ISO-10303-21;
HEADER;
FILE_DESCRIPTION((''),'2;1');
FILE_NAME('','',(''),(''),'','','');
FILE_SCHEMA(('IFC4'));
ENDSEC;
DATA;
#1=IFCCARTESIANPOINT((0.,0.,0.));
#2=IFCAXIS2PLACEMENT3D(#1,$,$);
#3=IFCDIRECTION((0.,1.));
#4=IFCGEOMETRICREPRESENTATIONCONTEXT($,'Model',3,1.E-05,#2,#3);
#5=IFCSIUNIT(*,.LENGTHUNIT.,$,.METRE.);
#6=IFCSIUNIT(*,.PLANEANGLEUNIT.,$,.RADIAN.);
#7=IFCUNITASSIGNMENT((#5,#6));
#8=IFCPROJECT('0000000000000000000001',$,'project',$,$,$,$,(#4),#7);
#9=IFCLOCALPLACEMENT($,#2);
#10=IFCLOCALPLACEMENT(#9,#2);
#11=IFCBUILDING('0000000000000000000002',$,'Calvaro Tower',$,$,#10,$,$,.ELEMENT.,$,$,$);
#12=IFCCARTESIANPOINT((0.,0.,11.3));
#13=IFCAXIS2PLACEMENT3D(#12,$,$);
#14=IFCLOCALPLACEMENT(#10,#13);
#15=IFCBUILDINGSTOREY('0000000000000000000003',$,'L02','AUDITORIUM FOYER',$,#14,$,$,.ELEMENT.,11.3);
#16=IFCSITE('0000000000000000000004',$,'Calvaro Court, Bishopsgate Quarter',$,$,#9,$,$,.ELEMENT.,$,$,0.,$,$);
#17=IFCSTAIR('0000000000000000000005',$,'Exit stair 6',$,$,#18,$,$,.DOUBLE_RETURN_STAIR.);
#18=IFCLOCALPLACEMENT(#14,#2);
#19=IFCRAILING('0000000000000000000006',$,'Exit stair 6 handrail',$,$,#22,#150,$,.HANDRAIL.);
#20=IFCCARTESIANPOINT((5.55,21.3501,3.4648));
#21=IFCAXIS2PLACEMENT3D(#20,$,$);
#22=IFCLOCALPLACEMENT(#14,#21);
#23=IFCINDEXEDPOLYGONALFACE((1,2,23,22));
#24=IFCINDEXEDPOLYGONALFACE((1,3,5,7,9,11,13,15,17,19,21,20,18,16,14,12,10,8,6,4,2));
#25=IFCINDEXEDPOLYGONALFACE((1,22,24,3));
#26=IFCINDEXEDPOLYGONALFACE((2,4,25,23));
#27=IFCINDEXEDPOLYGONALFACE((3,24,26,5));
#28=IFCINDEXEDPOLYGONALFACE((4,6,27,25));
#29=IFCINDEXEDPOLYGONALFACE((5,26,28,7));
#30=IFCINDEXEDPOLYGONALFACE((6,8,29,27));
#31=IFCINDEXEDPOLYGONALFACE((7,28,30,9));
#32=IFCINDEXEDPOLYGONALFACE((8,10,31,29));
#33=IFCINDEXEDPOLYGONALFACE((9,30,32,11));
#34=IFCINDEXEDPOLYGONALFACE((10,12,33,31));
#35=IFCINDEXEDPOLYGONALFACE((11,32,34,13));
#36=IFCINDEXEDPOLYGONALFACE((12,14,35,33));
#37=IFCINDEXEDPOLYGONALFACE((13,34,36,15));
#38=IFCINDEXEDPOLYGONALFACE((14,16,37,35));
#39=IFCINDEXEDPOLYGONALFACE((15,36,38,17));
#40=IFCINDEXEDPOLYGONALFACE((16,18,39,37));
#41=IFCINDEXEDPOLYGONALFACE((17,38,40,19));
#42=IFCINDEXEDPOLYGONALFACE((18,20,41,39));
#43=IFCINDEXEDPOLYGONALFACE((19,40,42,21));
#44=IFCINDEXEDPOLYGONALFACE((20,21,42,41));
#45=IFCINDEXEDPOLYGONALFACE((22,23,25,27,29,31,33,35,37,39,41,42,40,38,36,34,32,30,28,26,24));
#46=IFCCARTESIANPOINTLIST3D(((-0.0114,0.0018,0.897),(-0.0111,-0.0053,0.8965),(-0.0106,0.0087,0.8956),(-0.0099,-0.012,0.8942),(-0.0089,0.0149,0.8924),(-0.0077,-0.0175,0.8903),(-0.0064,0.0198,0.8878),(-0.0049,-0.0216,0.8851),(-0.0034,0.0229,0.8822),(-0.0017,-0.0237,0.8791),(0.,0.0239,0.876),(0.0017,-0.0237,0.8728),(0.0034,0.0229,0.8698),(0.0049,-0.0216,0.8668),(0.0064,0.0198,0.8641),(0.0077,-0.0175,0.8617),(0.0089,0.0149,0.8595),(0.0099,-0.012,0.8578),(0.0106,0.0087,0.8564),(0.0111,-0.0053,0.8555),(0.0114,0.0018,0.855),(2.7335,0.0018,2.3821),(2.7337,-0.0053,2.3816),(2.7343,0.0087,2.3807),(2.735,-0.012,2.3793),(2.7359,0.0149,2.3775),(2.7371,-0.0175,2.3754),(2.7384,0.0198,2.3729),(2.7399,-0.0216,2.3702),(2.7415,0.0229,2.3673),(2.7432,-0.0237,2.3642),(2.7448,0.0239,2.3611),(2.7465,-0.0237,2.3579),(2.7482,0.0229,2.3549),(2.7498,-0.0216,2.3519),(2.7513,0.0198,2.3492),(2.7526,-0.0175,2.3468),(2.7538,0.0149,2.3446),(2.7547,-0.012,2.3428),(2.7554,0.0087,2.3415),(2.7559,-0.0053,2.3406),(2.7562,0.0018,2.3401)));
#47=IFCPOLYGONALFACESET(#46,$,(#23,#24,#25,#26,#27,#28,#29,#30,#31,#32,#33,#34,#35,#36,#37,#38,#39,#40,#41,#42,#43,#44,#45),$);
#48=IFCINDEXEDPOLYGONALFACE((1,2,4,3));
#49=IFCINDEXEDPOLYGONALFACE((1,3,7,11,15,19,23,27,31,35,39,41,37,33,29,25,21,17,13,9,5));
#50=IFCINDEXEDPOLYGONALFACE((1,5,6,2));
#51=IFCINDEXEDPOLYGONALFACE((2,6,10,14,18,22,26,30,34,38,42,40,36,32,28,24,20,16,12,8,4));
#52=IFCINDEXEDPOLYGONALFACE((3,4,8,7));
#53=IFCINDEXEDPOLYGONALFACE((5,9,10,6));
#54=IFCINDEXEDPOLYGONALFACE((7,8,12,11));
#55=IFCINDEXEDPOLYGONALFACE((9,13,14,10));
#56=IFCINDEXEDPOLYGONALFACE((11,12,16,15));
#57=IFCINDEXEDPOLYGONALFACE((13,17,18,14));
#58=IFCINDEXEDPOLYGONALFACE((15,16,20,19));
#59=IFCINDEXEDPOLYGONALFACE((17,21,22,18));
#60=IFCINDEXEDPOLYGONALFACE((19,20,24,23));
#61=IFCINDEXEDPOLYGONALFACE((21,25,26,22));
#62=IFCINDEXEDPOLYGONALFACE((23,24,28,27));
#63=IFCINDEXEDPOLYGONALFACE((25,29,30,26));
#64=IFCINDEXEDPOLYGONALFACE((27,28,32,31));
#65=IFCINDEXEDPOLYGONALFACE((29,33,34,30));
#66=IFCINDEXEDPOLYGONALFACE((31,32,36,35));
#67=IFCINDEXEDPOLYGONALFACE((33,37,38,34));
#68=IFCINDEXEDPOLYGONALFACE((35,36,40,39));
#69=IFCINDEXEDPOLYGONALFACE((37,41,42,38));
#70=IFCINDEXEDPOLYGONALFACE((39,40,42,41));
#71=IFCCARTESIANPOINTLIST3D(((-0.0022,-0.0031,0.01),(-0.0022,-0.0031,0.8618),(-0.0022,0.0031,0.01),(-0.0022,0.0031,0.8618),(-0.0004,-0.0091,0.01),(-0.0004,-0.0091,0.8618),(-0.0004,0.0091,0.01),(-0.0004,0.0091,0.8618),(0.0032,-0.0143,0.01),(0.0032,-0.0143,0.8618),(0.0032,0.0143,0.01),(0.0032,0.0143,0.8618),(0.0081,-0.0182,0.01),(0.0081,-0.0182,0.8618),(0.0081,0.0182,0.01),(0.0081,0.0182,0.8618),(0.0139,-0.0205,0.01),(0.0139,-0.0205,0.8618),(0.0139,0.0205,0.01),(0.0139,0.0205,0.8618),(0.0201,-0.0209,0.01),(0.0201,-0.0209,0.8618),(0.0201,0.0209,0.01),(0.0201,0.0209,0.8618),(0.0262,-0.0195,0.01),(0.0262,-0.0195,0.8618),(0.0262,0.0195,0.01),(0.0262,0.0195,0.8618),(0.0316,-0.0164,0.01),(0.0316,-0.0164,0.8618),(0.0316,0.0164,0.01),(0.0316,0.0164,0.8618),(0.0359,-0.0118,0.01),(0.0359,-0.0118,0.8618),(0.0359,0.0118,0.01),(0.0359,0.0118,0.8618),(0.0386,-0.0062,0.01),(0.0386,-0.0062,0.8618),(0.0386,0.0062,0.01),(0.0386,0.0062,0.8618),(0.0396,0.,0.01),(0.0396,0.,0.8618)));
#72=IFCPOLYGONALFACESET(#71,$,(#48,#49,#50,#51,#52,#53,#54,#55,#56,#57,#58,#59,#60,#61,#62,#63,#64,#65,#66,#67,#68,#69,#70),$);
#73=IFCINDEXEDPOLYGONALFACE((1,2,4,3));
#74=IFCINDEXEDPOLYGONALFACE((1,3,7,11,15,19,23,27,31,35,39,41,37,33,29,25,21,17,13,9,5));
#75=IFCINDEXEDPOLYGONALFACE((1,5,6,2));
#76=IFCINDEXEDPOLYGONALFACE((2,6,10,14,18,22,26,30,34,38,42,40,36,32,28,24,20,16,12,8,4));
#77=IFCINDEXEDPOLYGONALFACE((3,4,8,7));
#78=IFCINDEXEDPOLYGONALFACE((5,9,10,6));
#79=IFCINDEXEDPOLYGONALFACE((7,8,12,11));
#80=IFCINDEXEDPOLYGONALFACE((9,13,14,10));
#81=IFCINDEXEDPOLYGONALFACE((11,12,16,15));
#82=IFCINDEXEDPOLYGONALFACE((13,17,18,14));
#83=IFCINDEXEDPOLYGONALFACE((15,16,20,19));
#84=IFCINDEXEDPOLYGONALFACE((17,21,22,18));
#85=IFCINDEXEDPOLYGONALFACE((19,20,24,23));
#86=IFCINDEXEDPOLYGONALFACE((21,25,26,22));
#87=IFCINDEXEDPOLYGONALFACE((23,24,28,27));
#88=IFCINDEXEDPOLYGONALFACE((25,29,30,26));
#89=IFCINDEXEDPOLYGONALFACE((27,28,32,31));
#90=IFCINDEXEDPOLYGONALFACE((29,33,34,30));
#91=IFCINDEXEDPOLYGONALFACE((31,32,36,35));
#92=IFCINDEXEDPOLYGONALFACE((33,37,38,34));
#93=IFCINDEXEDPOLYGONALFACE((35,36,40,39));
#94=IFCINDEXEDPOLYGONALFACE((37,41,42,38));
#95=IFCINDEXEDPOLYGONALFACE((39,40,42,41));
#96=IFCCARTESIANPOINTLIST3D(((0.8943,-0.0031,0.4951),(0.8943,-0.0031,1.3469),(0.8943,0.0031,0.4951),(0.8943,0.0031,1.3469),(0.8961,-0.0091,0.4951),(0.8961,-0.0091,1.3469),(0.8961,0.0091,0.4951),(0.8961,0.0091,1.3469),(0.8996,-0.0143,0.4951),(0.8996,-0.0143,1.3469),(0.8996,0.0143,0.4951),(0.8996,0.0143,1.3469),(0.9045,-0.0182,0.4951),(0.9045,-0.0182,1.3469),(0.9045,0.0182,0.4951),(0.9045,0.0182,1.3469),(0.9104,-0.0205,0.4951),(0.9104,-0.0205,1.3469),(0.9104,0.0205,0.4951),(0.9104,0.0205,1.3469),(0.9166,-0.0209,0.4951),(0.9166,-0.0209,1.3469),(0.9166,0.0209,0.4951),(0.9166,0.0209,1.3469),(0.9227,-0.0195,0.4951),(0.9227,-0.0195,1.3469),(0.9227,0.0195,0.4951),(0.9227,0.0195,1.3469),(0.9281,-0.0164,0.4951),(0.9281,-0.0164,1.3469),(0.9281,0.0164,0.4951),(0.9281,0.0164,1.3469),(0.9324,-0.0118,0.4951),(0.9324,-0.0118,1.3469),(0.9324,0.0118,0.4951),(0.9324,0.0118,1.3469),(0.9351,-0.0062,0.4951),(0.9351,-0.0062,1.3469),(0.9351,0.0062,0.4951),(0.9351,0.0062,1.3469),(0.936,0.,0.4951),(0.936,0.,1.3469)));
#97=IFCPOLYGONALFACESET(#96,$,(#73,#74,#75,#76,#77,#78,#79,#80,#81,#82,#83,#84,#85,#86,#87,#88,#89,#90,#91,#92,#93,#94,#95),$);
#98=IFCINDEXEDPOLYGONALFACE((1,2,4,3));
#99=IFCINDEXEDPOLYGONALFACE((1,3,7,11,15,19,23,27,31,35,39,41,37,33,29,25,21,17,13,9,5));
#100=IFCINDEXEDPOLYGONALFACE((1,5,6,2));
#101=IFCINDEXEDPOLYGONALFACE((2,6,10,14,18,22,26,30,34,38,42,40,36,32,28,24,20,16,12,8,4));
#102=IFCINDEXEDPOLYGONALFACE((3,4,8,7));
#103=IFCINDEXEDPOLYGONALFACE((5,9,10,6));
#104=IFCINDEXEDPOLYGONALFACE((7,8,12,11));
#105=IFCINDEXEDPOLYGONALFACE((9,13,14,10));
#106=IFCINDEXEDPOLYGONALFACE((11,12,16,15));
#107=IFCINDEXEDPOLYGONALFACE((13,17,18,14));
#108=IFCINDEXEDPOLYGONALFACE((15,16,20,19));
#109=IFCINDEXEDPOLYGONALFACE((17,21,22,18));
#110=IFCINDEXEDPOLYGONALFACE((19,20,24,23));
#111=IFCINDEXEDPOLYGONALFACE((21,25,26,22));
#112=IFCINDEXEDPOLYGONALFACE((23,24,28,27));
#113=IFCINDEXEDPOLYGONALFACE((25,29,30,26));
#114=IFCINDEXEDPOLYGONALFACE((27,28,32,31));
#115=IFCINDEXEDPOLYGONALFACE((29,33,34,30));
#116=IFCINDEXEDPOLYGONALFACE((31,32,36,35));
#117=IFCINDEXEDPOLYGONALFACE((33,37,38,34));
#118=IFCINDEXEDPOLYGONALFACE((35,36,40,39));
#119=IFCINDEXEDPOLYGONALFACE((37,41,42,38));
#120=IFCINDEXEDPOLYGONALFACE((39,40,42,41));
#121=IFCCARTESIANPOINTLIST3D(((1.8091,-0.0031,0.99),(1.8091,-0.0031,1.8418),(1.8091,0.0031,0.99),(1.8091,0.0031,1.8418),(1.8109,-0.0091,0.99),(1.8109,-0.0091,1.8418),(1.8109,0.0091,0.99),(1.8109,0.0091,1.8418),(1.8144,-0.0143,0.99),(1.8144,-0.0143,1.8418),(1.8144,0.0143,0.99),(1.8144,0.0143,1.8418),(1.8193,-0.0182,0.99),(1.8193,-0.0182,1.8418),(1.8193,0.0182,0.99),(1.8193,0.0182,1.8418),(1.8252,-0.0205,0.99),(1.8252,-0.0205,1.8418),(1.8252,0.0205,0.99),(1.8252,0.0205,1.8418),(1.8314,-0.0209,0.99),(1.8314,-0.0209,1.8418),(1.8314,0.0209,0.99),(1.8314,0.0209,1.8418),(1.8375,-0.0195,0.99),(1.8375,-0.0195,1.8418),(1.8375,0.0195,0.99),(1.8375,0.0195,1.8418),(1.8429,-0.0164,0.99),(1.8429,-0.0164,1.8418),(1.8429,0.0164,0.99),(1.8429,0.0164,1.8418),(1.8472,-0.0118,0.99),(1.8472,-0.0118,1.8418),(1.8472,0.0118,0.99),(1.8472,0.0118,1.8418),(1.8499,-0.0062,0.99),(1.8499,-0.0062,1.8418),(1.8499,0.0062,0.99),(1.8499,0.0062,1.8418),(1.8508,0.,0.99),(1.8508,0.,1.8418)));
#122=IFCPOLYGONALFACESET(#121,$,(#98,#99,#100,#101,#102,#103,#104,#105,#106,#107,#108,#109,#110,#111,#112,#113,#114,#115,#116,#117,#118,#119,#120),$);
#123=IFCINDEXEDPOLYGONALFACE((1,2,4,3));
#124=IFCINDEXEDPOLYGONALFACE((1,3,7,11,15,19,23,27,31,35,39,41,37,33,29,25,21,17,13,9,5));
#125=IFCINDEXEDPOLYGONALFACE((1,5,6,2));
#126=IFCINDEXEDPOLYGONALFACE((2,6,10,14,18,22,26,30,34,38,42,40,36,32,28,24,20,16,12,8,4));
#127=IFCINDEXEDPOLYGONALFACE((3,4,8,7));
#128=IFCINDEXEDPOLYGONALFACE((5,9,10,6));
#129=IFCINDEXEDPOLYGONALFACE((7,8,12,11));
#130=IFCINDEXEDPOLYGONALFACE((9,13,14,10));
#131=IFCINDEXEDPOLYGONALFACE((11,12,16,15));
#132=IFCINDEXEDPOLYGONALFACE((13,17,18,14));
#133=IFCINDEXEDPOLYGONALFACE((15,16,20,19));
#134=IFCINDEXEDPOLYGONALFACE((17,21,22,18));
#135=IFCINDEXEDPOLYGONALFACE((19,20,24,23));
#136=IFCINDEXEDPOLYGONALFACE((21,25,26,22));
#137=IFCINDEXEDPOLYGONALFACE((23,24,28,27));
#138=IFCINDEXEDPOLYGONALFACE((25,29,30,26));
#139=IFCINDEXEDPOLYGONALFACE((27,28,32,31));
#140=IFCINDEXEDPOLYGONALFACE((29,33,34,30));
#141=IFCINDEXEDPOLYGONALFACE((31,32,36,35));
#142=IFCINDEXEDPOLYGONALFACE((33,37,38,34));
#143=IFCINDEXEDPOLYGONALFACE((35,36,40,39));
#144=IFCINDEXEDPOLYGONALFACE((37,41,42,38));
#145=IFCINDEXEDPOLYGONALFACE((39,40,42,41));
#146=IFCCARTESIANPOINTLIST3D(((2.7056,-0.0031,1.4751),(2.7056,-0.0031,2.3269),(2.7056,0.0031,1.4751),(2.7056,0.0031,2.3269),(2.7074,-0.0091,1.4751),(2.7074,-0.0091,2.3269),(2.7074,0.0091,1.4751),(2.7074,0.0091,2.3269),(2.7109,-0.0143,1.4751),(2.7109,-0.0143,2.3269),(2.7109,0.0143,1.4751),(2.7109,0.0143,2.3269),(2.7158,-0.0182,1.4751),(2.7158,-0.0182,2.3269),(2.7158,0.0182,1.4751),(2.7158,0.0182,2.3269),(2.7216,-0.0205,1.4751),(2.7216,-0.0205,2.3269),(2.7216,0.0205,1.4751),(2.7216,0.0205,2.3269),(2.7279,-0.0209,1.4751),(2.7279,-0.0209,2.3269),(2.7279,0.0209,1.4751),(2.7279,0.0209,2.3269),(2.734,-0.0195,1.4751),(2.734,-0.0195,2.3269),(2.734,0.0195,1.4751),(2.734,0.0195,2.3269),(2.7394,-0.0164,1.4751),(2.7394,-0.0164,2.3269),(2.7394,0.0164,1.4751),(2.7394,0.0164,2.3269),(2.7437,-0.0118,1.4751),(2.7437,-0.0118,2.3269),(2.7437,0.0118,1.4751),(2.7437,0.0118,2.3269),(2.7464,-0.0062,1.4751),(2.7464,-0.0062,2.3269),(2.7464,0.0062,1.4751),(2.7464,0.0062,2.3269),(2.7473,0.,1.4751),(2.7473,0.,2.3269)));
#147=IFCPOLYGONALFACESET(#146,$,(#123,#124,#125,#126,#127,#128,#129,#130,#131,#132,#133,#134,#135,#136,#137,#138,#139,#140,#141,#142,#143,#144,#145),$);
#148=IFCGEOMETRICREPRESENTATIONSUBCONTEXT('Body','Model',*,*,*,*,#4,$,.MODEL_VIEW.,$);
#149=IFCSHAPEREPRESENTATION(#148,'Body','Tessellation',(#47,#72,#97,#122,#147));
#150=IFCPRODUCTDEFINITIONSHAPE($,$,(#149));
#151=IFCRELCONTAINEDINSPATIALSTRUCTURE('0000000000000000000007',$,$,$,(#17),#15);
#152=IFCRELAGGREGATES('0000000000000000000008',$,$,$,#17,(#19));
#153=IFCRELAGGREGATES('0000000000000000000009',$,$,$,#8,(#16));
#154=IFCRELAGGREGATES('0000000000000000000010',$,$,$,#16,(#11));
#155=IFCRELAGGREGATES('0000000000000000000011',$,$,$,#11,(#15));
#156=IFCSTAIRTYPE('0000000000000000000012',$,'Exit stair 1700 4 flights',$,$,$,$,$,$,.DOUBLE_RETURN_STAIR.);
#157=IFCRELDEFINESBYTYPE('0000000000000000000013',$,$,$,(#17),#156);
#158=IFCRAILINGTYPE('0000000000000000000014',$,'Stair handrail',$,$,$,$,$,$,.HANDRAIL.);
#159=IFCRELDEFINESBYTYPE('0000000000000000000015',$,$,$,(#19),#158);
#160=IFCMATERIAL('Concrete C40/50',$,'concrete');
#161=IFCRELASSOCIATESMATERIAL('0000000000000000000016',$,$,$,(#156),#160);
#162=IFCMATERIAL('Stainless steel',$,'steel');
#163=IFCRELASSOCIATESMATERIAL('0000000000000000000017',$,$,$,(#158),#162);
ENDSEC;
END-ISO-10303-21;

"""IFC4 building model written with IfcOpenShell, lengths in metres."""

from ifc_helpers import new_model, si_unit, direction, frame, origin, origin_2d, place, context, subcontext, project, spatial, circle, extrude, material, type_object, element, aggregate, save


model = new_model("IFC4")

# Units and contexts
model_context = context("Model", 3, precision=1e-05, world=origin(), true_north=direction((0.0, 1.0)))
body_context = subcontext(model_context, "Body", "Model", "MODEL_VIEW")
ifc_project = project(units=[si_unit("LENGTHUNIT", "METRE"), si_unit("PLANEANGLEUNIT", "RADIAN")], contexts=[model_context])

# Site, building, storey
site_placement = place(None, origin())
site = spatial("IfcSite", under=ifc_project, at=site_placement, Name="Calvaro Court, Bishopsgate Quarter", CompositionType="ELEMENT", RefElevation=0.0)
building_placement = place(site_placement, origin())
building = spatial("IfcBuilding", under=site, at=building_placement, Name="Calvaro Tower", CompositionType="ELEMENT")
storey_placement = place(building_placement, frame((0.0, 0.0, 11.3)))
storey = spatial("IfcBuildingStorey", under=building, at=storey_placement, Name="L02", Description="AUDITORIUM FOYER", CompositionType="ELEMENT", Elevation=11.3)

# Stair, railing
ifc_material_1 = material(Name="Concrete C40/50", Category="concrete")
stair_type = type_object("IfcStairType", Name="Exit stair 1700 4 flights", PredefinedType="DOUBLE_RETURN_STAIR", material=ifc_material_1)
stair_placement = place(storey_placement, origin())
stair = element("IfcStair", 1, at=stair_placement, inside=storey, type_object=stair_type, Name="Exit stair 6", PredefinedType="DOUBLE_RETURN_STAIR")
ifc_material_2 = material(Name="Stainless steel", Category="steel")
railing_type = type_object("IfcRailingType", Name="Stair handrail", PredefinedType="HANDRAIL", material=ifc_material_2)
railing_1_placement = place(storey_placement, frame((5.55, 21.3501, 3.4648)))
railing_1 = element("IfcRailing", 2, at=railing_1_placement, type_object=railing_type, Name="Exit stair 6 handrail", PredefinedType="HANDRAIL", context=body_context, shape_type="SweptSolid", body=[
    extrude(circle(Radius=0.0239, at=origin_2d()), frame((0.0, 0.0, 0.876), z_axis=(0.87952, 0.0, 0.475862), x_axis=(0.0, 1.0, 0.0)), (0.0, 0.0, 1.0), 3.1208),
    extrude(circle(Radius=0.021, at=origin_2d()), frame((0.0186, 0.0, 0.01)), (0.0, 0.0, 1.0), 0.8518),
    extrude(circle(Radius=0.021, at=origin_2d()), frame((0.915, 0.0, 0.4951)), (0.0, 0.0, 1.0), 0.8518),
    extrude(circle(Radius=0.021, at=origin_2d()), frame((1.8298, 0.0, 0.99)), (0.0, 0.0, 1.0), 0.8518),
    extrude(circle(Radius=0.021, at=origin_2d()), frame((2.7263, 0.0, 1.4751)), (0.0, 0.0, 1.0), 0.8518),
])
aggregate(stair, [railing_1])

save(model, "model.ifc")
